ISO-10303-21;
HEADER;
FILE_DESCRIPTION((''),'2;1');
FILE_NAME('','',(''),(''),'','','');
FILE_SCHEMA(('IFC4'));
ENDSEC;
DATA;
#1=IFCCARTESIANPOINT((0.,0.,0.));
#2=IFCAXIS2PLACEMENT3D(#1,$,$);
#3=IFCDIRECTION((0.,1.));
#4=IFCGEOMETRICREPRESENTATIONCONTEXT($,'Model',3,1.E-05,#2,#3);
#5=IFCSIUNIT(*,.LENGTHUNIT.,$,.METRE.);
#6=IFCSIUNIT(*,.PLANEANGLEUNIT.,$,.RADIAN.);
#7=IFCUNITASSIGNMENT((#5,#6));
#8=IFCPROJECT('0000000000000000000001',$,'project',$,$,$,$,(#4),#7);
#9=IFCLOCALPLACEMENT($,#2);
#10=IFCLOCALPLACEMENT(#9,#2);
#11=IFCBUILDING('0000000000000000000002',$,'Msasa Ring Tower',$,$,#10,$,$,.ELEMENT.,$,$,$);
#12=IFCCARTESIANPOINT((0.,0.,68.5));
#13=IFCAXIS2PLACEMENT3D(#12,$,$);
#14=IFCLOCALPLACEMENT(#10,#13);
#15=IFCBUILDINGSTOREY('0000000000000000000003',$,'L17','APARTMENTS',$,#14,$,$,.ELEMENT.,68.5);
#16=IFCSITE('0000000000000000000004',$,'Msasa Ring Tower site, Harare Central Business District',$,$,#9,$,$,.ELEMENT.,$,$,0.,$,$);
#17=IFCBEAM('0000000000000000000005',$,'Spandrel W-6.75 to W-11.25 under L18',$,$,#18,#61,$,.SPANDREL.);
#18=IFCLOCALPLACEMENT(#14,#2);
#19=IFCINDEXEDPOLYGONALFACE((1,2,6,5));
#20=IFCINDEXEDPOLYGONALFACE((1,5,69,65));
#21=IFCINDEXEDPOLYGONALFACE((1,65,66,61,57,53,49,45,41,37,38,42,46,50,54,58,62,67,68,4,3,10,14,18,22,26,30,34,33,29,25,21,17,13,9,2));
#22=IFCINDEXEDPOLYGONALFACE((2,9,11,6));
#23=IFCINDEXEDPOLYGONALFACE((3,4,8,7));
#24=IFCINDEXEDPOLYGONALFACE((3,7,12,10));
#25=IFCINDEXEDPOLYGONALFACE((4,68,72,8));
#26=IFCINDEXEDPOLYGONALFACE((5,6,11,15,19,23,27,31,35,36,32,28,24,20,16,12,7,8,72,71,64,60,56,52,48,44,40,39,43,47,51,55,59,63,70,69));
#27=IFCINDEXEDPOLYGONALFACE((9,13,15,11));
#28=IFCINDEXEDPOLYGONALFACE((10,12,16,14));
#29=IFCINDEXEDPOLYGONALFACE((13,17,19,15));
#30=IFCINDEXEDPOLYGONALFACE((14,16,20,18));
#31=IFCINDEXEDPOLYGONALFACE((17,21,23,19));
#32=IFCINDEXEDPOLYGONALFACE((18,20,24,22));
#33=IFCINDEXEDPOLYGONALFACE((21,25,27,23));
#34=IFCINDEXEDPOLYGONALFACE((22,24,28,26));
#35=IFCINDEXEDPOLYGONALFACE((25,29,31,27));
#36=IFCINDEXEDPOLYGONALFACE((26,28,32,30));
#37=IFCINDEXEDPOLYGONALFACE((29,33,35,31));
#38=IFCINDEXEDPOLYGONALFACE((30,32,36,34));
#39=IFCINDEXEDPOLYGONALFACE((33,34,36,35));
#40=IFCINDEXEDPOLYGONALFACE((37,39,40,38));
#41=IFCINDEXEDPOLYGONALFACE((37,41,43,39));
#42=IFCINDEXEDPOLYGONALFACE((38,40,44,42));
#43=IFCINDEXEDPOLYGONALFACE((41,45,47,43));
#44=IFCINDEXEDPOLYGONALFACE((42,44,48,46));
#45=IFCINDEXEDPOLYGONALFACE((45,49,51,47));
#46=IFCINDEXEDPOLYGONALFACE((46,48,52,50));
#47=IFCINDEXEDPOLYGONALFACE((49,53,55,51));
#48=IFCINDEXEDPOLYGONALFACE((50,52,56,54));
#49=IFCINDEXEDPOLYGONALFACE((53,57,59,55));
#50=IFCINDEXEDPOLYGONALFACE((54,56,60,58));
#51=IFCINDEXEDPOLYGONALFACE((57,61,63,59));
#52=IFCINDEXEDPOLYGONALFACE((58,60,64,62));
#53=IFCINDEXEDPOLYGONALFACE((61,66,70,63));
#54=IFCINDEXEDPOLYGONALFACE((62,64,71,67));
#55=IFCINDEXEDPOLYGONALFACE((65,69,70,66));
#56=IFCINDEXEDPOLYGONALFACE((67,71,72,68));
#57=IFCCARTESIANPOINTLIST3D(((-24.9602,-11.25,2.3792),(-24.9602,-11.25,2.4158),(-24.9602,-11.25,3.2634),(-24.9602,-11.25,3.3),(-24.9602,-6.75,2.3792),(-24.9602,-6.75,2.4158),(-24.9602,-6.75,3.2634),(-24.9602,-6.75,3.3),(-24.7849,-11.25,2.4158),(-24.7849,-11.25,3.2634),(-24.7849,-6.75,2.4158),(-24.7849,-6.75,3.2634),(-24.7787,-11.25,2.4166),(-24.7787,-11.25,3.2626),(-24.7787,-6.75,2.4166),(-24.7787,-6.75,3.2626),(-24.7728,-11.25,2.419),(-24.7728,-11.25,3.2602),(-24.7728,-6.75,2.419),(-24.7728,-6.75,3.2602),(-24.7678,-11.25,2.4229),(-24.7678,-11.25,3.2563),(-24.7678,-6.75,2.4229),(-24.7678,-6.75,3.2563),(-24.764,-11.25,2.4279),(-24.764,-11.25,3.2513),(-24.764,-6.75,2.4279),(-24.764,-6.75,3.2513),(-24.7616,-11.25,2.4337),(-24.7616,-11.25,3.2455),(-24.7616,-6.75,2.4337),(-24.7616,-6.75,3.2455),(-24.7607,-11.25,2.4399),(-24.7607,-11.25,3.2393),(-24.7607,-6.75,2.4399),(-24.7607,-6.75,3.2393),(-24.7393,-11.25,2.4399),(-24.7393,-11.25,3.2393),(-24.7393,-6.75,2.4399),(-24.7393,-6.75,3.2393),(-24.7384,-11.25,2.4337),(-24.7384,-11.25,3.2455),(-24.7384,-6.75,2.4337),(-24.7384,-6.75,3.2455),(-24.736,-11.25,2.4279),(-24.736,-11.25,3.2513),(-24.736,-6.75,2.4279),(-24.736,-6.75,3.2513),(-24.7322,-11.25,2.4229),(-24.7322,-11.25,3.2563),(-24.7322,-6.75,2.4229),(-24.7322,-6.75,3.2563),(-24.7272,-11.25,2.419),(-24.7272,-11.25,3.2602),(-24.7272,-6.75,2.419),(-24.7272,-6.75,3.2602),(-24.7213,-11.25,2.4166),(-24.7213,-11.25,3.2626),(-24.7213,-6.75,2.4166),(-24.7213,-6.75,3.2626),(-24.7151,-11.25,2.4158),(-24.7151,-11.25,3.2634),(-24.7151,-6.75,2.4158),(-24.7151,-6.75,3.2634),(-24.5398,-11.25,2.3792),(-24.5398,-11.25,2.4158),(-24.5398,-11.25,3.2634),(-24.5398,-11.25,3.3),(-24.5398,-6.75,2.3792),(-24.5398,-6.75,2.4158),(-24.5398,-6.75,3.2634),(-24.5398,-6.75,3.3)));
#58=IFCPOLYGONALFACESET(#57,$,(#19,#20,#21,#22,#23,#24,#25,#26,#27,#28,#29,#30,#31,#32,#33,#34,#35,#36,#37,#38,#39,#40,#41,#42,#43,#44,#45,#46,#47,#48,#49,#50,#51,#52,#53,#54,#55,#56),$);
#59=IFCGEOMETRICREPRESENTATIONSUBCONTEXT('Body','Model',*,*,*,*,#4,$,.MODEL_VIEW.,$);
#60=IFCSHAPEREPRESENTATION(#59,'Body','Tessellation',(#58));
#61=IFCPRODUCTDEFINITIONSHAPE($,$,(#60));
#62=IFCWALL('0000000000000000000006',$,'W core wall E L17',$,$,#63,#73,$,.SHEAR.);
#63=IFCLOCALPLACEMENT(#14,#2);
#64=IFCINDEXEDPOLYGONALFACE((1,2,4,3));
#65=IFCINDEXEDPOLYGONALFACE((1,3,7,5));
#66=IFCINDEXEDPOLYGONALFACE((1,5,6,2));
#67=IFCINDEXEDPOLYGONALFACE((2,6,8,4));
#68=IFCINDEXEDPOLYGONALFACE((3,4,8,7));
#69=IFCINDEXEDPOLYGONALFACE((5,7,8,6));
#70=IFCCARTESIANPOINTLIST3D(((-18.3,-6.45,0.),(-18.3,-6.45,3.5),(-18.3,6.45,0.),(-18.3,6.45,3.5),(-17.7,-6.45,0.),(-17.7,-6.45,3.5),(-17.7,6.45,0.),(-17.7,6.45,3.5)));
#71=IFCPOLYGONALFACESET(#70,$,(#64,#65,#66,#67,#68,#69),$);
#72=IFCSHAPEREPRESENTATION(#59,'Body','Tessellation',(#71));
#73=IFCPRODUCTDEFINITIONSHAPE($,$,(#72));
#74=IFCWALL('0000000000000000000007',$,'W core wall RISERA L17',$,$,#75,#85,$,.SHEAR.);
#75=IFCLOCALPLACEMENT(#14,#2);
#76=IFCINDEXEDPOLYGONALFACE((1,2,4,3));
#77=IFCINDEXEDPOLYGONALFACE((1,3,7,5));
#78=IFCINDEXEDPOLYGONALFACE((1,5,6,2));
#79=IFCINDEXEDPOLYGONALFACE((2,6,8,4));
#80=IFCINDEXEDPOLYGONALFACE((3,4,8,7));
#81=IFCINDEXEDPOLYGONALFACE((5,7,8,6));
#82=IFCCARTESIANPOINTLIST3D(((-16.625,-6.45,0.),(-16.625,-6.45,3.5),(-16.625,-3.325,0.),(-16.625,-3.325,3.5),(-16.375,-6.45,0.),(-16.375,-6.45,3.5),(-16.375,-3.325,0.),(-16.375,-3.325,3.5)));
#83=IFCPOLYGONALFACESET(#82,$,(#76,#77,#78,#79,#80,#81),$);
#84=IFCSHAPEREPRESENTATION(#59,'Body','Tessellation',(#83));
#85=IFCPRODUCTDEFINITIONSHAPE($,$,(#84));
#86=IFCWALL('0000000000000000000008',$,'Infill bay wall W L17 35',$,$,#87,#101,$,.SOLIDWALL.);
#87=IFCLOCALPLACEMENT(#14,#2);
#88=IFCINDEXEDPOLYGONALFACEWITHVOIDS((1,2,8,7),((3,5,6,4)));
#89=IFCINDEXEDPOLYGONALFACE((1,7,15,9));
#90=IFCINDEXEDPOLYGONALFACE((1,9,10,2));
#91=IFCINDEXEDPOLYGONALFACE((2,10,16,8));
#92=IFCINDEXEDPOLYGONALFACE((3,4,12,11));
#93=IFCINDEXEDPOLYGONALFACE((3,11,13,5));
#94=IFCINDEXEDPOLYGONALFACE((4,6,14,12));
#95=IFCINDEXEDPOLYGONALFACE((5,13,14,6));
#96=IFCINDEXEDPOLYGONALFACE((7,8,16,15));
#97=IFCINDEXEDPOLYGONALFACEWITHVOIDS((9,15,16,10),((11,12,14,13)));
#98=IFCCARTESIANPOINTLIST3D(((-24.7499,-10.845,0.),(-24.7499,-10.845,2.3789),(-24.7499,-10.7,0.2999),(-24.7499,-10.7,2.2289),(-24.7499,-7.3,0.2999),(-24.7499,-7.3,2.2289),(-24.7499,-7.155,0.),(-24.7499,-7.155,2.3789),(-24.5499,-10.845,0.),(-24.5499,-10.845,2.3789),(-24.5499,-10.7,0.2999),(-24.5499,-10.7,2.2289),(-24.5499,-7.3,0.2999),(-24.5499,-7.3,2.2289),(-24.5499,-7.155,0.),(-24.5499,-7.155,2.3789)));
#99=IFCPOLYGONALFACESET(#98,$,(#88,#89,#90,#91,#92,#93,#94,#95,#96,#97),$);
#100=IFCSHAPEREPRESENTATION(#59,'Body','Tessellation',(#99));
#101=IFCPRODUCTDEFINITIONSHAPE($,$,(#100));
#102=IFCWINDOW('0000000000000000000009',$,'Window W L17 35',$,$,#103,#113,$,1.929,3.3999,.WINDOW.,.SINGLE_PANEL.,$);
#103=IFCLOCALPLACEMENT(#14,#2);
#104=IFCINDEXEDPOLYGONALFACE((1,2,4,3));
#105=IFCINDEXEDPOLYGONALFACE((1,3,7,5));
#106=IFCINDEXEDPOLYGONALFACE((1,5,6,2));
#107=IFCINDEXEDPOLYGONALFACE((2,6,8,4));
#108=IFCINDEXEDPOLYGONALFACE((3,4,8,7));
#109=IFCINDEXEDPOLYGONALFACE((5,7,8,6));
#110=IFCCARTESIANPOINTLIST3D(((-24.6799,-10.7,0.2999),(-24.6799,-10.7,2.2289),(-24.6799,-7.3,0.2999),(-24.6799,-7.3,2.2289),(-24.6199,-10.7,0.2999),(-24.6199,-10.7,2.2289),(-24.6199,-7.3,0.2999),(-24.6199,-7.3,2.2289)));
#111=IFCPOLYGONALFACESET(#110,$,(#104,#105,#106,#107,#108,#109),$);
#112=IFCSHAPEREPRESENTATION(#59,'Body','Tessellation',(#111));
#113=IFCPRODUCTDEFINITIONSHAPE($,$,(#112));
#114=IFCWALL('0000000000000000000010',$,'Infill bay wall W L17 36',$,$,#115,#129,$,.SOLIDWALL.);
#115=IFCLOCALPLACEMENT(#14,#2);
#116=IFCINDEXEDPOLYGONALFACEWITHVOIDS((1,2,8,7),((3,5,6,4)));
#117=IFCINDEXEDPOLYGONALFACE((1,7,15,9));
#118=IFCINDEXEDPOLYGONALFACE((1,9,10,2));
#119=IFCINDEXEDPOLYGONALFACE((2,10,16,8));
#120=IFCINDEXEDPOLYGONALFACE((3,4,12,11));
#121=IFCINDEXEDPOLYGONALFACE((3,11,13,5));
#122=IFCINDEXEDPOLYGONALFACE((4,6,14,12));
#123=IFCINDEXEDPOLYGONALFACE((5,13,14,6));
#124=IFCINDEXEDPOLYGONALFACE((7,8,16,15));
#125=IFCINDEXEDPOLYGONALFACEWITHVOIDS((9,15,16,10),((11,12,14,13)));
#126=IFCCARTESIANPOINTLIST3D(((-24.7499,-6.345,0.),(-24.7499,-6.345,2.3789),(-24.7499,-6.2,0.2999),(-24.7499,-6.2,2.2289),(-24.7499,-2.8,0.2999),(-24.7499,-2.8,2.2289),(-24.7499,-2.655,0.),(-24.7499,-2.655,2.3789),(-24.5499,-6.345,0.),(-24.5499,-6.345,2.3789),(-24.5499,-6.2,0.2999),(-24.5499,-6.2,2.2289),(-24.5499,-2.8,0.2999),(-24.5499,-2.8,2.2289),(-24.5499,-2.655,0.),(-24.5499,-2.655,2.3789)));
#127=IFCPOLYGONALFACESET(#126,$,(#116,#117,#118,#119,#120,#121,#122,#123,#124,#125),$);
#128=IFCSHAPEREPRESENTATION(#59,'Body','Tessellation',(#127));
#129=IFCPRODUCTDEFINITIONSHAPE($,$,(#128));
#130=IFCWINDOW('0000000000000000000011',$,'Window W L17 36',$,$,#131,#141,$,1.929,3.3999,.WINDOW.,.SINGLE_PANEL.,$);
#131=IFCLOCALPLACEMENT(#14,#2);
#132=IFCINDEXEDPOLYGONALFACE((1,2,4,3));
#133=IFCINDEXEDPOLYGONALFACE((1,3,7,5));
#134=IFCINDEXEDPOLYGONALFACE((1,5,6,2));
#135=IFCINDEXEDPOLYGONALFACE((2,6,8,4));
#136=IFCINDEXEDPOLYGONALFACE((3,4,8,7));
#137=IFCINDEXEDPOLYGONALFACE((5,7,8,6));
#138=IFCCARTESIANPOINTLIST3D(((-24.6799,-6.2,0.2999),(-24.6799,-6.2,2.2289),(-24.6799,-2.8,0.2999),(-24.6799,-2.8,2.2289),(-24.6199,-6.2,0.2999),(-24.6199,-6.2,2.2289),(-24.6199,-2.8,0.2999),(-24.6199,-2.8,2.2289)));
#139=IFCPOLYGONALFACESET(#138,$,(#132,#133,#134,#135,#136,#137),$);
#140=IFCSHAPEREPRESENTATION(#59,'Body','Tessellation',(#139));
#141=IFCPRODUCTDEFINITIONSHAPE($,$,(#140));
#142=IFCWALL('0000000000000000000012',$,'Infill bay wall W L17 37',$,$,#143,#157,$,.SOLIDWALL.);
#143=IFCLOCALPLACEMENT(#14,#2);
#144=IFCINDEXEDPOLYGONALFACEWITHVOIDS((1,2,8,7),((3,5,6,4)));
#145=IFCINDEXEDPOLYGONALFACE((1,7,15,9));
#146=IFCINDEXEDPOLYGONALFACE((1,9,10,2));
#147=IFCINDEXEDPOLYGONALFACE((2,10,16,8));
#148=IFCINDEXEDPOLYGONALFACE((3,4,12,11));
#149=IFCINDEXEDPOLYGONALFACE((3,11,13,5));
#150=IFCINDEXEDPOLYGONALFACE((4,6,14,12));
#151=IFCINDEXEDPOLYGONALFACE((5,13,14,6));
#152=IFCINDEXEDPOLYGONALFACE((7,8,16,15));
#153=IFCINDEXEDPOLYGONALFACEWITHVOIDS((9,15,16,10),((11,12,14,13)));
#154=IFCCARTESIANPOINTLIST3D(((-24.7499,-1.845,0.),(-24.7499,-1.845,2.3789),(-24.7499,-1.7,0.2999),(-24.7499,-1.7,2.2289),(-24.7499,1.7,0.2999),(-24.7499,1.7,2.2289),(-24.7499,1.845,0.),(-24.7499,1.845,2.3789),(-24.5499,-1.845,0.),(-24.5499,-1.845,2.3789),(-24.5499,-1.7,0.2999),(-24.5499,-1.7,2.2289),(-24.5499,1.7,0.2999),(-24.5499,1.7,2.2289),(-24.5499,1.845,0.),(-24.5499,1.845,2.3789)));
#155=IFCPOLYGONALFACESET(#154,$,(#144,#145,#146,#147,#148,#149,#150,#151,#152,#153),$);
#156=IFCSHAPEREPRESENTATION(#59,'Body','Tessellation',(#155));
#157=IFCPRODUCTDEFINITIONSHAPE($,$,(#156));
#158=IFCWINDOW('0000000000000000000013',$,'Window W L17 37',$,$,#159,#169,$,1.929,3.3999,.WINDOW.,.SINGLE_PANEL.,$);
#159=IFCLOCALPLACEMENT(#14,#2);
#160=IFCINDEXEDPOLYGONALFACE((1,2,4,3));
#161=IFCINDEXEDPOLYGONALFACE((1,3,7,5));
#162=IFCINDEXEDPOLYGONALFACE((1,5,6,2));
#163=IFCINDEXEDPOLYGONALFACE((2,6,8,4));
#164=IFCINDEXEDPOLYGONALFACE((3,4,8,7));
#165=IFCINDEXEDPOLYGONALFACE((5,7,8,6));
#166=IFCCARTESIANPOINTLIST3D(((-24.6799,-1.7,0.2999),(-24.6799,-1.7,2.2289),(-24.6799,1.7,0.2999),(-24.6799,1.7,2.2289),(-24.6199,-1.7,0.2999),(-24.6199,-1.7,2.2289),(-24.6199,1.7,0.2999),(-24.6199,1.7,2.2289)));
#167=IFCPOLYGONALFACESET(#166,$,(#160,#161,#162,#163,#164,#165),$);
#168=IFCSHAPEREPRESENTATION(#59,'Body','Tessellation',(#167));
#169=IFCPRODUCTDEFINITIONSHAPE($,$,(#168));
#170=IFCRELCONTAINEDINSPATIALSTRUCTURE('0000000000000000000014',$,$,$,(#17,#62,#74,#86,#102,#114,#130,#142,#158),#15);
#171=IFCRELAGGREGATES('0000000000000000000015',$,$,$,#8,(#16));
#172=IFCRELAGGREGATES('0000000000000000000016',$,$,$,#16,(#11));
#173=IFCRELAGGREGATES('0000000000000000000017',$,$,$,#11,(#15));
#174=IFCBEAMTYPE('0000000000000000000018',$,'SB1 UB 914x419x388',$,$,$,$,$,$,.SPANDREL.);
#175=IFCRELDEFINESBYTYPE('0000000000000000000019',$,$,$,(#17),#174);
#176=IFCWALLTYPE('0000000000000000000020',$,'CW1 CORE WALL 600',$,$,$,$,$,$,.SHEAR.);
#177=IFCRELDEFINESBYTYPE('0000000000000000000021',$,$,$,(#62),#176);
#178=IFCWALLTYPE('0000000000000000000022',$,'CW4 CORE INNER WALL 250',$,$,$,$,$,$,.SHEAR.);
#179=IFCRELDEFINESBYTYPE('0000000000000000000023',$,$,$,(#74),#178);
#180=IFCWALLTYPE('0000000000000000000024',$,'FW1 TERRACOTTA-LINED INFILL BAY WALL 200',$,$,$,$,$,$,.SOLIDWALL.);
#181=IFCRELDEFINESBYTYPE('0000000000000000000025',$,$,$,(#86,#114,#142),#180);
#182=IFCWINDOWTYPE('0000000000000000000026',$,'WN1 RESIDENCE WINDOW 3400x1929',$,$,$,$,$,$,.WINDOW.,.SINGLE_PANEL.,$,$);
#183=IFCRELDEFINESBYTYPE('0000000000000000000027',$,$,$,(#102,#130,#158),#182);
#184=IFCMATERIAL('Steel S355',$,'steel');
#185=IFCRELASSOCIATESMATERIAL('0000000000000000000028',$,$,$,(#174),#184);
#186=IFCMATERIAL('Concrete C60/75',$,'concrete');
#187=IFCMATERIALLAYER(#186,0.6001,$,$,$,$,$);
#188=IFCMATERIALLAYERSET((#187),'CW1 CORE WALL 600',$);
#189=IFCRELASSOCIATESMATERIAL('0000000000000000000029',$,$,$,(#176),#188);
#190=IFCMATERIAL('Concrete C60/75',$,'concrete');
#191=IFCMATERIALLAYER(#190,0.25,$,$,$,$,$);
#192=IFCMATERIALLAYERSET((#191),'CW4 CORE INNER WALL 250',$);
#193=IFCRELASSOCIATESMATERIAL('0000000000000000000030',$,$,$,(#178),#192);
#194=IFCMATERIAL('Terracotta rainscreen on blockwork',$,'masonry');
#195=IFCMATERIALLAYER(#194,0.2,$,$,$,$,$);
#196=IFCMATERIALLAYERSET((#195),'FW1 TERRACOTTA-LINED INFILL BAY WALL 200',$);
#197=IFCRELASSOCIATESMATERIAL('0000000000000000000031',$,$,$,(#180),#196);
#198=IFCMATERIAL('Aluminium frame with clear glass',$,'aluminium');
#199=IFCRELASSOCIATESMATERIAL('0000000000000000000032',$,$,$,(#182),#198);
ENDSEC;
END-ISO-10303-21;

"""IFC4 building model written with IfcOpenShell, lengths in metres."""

from ifc_helpers import new_model, si_unit, direction, frame, frame_2d, origin, origin_2d, place, context, subcontext, project, spatial, rectangle, i_section, extrude, material, layer, layer_set, material_profile, profile_set, type_object, element, fill, save


model = new_model("IFC4")

# Units and contexts
model_context = context("Model", 3, precision=1e-05, world=origin(), true_north=direction((0.0, 1.0)))
body_context = subcontext(model_context, "Body", "Model", "MODEL_VIEW")
ifc_project = project(units=[si_unit("LENGTHUNIT", "METRE"), si_unit("PLANEANGLEUNIT", "RADIAN")], contexts=[model_context])

# Site, building, storey
site_placement = place(None, origin())
site = spatial("IfcSite", under=ifc_project, at=site_placement, Name="Msasa Ring Tower site, Harare Central Business District", CompositionType="ELEMENT", RefElevation=0.0)
building_placement = place(site_placement, origin())
building = spatial("IfcBuilding", under=site, at=building_placement, Name="Msasa Ring Tower", CompositionType="ELEMENT")
storey_placement = place(building_placement, frame((0.0, 0.0, 68.5)))
storey = spatial("IfcBuildingStorey", under=building, at=storey_placement, Name="L17", Description="APARTMENTS", CompositionType="ELEMENT", Elevation=68.5)

# Beam
ifc_material_1 = material(Name="Steel S355", Category="steel")
ifc_material_profile_1 = material_profile(ifc_material_1, i_section(OverallWidth=0.4204, OverallDepth=0.9209, WebThickness=0.0215, FlangeThickness=0.0366, FilletRadius=0.0242, at=origin_2d()), Name="UB 914x419x388")
ifc_profile_set_1 = profile_set([ifc_material_profile_1], Name="Steel S355")
beam_type_1 = type_object("IfcBeamType", Name="SB1 UB 914x419x388", PredefinedType="SPANDREL", material=ifc_profile_set_1)
for number, where, z_axis, x_axis, name in (
    (1, (-24.75, -6.75, 2.8396), (0.0, -1.0, 0.0), (1.0, 0.0, 0.0), "Spandrel W-6.75 to W-11.25 under L18"),
):
    element("IfcBeam", number, at=place(storey_placement, frame(where, z_axis=z_axis, x_axis=x_axis)), inside=storey, type_object=beam_type_1, Name=name, PredefinedType="SPANDREL", context=body_context, shape_type="SweptSolid", body=[
        extrude(i_section(OverallWidth=0.4204, OverallDepth=0.9209, WebThickness=0.0215, FlangeThickness=0.0366, FilletRadius=0.0242, at=origin_2d()), origin(), (0.0, 0.0, 1.0), 4.5),
    ])

# Walls
ifc_material_2 = material(Name="Concrete C60/75", Category="concrete")
ifc_layer_1 = layer(ifc_material_2, 0.6001)
ifc_layer_set_1 = layer_set([ifc_layer_1], Name="CW1 CORE WALL 600")
wall_type_1 = type_object("IfcWallType", Name="CW1 CORE WALL 600", PredefinedType="SHEAR", material=ifc_layer_set_1)
wall_1_placement = place(storey_placement, frame((-18.0, -6.45, 0.0), z_axis=(0.0, 0.0, 1.0), x_axis=(0.0, 1.0, 0.0)))
element("IfcWall", 2, at=wall_1_placement, inside=storey, type_object=wall_type_1, Name="W core wall E L17", PredefinedType="SHEAR", context=body_context, shape_type="SweptSolid", body=[
    extrude(rectangle(XDim=12.8999, YDim=0.6001, at=frame_2d((6.45, 0.0))), origin(), (0.0, 0.0, 1.0), 3.5),
])
ifc_material_3 = material(Name="Concrete C60/75", Category="concrete")
ifc_layer_2 = layer(ifc_material_3, 0.25)
ifc_layer_set_2 = layer_set([ifc_layer_2], Name="CW4 CORE INNER WALL 250")
wall_type_2 = type_object("IfcWallType", Name="CW4 CORE INNER WALL 250", PredefinedType="SHEAR", material=ifc_layer_set_2)
wall_2_placement = place(storey_placement, frame((-16.5, -6.45, 0.0), z_axis=(0.0, 0.0, 1.0), x_axis=(0.0, 1.0, 0.0)))
element("IfcWall", 3, at=wall_2_placement, inside=storey, type_object=wall_type_2, Name="W core wall RISERA L17", PredefinedType="SHEAR", context=body_context, shape_type="SweptSolid", body=[
    extrude(rectangle(XDim=3.125, YDim=0.25, at=frame_2d((1.5625, 0.0))), origin(), (0.0, 0.0, 1.0), 3.5),
])

# Walls, openings, windows
ifc_material_4 = material(Name="Terracotta rainscreen on blockwork", Category="masonry")
ifc_layer_3 = layer(ifc_material_4, 0.2)
ifc_layer_set_3 = layer_set([ifc_layer_3], Name="FW1 TERRACOTTA-LINED INFILL BAY WALL 200")
wall_type_3 = type_object("IfcWallType", Name="FW1 TERRACOTTA-LINED INFILL BAY WALL 200", PredefinedType="SOLIDWALL", material=ifc_layer_set_3)
wall_3_placement = place(storey_placement, frame((-24.6499, -10.845, 0.0), z_axis=(0.0, 0.0, 1.0), x_axis=(0.0, 1.0, 0.0)))
wall_3 = element("IfcWall", 4, at=wall_3_placement, inside=storey, type_object=wall_type_3, Name="Infill bay wall W L17 35", PredefinedType="SOLIDWALL", context=body_context, shape_type="SweptSolid", body=[
    extrude(rectangle(XDim=3.6899, YDim=0.2, at=frame_2d((1.845, 0.0))), origin(), (0.0, 0.0, 1.0), 2.3789),
])
opening_1_placement = place(wall_3_placement, frame((0.145, 0.0, 0.3)))
opening_1 = element("IfcOpeningElement", 5, at=opening_1_placement, cuts=wall_3, PredefinedType="OPENING", context=body_context, shape_type="SweptSolid", body=[
    extrude(rectangle(XDim=3.3999, YDim=1.929, at=frame_2d((1.7, 0.9644))), frame((0.0, 0.1099, 0.0), z_axis=(0.0, -1.0, 0.0), x_axis=(1.0, 0.0, 0.0)), (0.0, 0.0, 1.0), 0.22),
])
ifc_material_5 = material(Name="Aluminium frame with clear glass", Category="aluminium")
window_type = type_object("IfcWindowType", Name="WN1 RESIDENCE WINDOW 3400x1929", PartitioningType="SINGLE_PANEL", PredefinedType="WINDOW", material=ifc_material_5)
window_1_placement = place(opening_1_placement, origin())
window_1 = element("IfcWindow", 6, at=window_1_placement, inside=storey, type_object=window_type, Name="Window W L17 35", OverallHeight=1.929, OverallWidth=3.3999, PartitioningType="SINGLE_PANEL", PredefinedType="WINDOW", context=body_context, shape_type="SweptSolid", body=[
    extrude(rectangle(XDim=3.3999, YDim=1.929, at=frame_2d((1.7, 0.9644))), frame((0.0, 0.03, 0.0), z_axis=(0.0, -1.0, 0.0), x_axis=(1.0, 0.0, 0.0)), (0.0, 0.0, 1.0), 0.0601),
])
fill(opening_1, window_1)
wall_4_placement = place(storey_placement, frame((-24.6499, -6.345, 0.0), z_axis=(0.0, 0.0, 1.0), x_axis=(0.0, 1.0, 0.0)))
wall_4 = element("IfcWall", 7, at=wall_4_placement, inside=storey, type_object=wall_type_3, Name="Infill bay wall W L17 36", PredefinedType="SOLIDWALL", context=body_context, shape_type="SweptSolid", body=[
    extrude(rectangle(XDim=3.6899, YDim=0.2, at=frame_2d((1.845, 0.0))), origin(), (0.0, 0.0, 1.0), 2.3789),
])
opening_2_placement = place(wall_4_placement, frame((0.145, 0.0, 0.3)))
opening_2 = element("IfcOpeningElement", 8, at=opening_2_placement, cuts=wall_4, PredefinedType="OPENING", context=body_context, shape_type="SweptSolid", body=[
    extrude(rectangle(XDim=3.3999, YDim=1.929, at=frame_2d((1.7, 0.9644))), frame((0.0, 0.1099, 0.0), z_axis=(0.0, -1.0, 0.0), x_axis=(1.0, 0.0, 0.0)), (0.0, 0.0, 1.0), 0.22),
])
window_2_placement = place(opening_2_placement, origin())
window_2 = element("IfcWindow", 9, at=window_2_placement, inside=storey, type_object=window_type, Name="Window W L17 36", OverallHeight=1.929, OverallWidth=3.3999, PartitioningType="SINGLE_PANEL", PredefinedType="WINDOW", context=body_context, shape_type="SweptSolid", body=[
    extrude(rectangle(XDim=3.3999, YDim=1.929, at=frame_2d((1.7, 0.9644))), frame((0.0, 0.03, 0.0), z_axis=(0.0, -1.0, 0.0), x_axis=(1.0, 0.0, 0.0)), (0.0, 0.0, 1.0), 0.0601),
])
fill(opening_2, window_2)
wall_5_placement = place(storey_placement, frame((-24.6499, -1.845, 0.0), z_axis=(0.0, 0.0, 1.0), x_axis=(0.0, 1.0, 0.0)))
wall_5 = element("IfcWall", 10, at=wall_5_placement, inside=storey, type_object=wall_type_3, Name="Infill bay wall W L17 37", PredefinedType="SOLIDWALL", context=body_context, shape_type="SweptSolid", body=[
    extrude(rectangle(XDim=3.6899, YDim=0.2, at=frame_2d((1.845, 0.0))), origin(), (0.0, 0.0, 1.0), 2.3789),
])
opening_3_placement = place(wall_5_placement, frame((0.145, 0.0, 0.3)))
opening_3 = element("IfcOpeningElement", 11, at=opening_3_placement, cuts=wall_5, PredefinedType="OPENING", context=body_context, shape_type="SweptSolid", body=[
    extrude(rectangle(XDim=3.3999, YDim=1.929, at=frame_2d((1.7, 0.9644))), frame((0.0, 0.1099, 0.0), z_axis=(0.0, -1.0, 0.0), x_axis=(1.0, 0.0, 0.0)), (0.0, 0.0, 1.0), 0.22),
])
window_3_placement = place(opening_3_placement, origin())
window_3 = element("IfcWindow", 12, at=window_3_placement, inside=storey, type_object=window_type, Name="Window W L17 37", OverallHeight=1.929, OverallWidth=3.3999, PartitioningType="SINGLE_PANEL", PredefinedType="WINDOW", context=body_context, shape_type="SweptSolid", body=[
    extrude(rectangle(XDim=3.3999, YDim=1.929, at=frame_2d((1.7, 0.9644))), frame((0.0, 0.03, 0.0), z_axis=(0.0, -1.0, 0.0), x_axis=(1.0, 0.0, 0.0)), (0.0, 0.0, 1.0), 0.0601),
])
fill(opening_3, window_3)

save(model, "model.ifc")
